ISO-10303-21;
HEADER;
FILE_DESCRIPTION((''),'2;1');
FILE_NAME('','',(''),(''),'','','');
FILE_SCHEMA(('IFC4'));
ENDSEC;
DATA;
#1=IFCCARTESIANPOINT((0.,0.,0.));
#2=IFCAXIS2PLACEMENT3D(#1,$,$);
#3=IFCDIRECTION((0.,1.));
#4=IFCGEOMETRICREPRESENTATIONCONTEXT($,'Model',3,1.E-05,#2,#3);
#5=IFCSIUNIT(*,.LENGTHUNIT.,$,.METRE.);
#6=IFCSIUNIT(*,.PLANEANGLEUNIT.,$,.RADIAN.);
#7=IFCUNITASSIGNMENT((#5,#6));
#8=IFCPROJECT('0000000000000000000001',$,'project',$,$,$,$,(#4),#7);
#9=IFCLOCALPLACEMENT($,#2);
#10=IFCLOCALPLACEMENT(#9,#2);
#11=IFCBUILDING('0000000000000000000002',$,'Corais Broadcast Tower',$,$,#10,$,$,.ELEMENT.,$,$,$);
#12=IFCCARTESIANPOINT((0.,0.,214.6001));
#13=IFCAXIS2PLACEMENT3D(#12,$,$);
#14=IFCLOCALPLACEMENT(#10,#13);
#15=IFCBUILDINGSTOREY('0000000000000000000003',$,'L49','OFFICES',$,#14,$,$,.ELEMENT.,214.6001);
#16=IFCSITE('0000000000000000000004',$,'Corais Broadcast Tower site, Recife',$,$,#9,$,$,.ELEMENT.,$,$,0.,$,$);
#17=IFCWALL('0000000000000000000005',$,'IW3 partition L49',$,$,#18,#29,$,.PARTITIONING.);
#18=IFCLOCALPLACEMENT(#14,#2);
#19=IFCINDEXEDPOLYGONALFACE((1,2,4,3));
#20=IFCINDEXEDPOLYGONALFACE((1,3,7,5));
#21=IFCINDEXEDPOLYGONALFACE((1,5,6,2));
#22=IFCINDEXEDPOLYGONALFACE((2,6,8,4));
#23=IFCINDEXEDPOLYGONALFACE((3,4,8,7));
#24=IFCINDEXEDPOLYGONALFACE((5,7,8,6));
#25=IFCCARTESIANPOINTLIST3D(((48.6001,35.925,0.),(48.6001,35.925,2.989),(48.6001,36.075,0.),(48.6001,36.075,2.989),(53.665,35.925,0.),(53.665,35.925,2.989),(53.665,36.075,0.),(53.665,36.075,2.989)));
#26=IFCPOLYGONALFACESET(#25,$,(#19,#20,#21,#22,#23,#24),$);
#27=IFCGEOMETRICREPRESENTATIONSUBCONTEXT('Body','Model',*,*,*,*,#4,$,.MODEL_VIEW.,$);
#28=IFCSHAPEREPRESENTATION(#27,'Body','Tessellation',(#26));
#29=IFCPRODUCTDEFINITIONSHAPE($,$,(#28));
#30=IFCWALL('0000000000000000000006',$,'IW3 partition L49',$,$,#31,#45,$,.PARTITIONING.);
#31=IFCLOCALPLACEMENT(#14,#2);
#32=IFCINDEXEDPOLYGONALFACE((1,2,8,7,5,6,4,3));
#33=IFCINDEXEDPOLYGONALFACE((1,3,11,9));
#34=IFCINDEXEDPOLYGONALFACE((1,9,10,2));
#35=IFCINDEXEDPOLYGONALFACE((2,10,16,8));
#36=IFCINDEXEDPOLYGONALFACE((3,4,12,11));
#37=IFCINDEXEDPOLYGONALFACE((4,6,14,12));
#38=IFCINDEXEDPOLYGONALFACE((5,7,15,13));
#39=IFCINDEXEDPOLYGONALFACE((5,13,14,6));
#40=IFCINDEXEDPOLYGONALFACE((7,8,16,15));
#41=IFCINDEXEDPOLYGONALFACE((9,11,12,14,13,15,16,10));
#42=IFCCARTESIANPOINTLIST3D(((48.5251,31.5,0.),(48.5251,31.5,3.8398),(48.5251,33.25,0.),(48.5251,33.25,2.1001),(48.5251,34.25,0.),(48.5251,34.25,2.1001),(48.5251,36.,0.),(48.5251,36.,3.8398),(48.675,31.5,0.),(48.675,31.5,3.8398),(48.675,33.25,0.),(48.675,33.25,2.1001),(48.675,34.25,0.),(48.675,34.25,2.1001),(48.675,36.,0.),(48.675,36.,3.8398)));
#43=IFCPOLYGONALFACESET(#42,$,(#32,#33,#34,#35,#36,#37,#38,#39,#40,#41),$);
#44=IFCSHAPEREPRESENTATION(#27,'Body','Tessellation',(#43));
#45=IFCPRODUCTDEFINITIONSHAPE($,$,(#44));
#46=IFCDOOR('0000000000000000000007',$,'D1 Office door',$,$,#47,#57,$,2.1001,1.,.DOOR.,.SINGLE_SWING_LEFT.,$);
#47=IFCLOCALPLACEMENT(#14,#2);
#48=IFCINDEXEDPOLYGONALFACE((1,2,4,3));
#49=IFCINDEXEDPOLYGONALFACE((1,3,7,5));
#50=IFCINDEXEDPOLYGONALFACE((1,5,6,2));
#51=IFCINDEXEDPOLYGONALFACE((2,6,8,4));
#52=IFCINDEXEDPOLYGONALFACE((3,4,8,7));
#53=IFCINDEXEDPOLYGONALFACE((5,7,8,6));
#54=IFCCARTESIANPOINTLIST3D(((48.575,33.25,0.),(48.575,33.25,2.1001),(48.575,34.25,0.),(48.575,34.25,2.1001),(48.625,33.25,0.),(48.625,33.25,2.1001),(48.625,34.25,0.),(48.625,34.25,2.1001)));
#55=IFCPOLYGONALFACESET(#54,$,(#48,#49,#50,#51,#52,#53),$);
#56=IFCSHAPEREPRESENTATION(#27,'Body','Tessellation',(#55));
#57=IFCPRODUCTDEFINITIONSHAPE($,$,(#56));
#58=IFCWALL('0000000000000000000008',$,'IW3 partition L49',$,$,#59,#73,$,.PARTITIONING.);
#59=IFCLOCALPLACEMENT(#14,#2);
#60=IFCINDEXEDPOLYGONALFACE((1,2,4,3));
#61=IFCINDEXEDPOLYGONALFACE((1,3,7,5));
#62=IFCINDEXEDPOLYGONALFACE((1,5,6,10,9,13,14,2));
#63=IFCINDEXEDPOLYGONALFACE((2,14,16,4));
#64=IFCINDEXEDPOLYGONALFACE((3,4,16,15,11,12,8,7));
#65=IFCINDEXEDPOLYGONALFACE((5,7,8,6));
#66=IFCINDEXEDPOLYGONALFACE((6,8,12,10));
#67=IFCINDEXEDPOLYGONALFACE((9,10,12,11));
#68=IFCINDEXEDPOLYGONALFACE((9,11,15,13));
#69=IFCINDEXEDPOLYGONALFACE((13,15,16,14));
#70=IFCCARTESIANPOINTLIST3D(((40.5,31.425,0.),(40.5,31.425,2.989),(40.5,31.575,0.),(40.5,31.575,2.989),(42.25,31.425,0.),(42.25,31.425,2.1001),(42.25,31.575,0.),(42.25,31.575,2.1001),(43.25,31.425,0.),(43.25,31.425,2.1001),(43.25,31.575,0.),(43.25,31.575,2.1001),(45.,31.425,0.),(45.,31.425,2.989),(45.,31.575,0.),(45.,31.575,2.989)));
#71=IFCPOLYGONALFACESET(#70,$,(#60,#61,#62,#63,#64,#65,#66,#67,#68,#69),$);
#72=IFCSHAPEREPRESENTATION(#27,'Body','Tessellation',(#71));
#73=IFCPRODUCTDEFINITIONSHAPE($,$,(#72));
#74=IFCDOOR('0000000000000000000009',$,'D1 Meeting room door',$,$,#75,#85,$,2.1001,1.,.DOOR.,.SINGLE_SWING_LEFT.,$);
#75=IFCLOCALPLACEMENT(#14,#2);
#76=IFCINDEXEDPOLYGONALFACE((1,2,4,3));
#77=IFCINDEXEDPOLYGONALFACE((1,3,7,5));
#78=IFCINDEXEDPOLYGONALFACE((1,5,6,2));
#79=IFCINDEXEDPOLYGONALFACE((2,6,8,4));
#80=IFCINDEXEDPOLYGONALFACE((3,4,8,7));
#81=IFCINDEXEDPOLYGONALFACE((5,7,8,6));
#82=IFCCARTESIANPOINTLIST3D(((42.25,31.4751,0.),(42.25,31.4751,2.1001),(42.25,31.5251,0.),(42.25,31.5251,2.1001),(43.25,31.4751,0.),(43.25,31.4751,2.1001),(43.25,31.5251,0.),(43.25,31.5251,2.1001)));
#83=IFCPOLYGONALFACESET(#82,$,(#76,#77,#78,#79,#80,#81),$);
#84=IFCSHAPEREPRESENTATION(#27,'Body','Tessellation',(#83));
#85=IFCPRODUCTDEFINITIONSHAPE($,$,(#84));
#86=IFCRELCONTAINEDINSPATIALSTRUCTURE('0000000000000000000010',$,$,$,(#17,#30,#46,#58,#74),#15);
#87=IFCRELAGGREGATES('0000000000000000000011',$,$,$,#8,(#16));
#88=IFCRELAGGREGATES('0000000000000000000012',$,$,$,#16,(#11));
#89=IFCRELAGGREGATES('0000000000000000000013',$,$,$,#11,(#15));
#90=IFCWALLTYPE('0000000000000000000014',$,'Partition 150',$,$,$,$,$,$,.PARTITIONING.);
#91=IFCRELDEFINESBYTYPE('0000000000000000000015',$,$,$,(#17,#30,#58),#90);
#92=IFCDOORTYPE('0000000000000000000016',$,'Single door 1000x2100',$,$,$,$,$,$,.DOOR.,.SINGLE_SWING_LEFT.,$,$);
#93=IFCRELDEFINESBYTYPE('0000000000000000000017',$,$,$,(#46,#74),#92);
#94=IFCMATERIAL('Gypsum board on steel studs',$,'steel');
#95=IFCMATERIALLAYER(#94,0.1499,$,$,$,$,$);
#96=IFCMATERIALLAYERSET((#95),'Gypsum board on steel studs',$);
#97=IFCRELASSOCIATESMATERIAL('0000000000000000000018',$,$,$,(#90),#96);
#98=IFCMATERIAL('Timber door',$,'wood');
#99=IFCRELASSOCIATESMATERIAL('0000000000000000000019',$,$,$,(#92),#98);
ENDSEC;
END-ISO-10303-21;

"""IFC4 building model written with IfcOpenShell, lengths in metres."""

from ifc_helpers import new_model, si_unit, direction, frame, frame_2d, origin, place, context, subcontext, project, spatial, rectangle, extrude, material, layer, layer_set, type_object, element, fill, save


model = new_model("IFC4")

# Units and contexts
model_context = context("Model", 3, precision=1e-05, world=origin(), true_north=direction((0.0, 1.0)))
body_context = subcontext(model_context, "Body", "Model", "MODEL_VIEW")
ifc_project = project(units=[si_unit("LENGTHUNIT", "METRE"), si_unit("PLANEANGLEUNIT", "RADIAN")], contexts=[model_context])

# Site, building, storey
site_placement = place(None, origin())
site = spatial("IfcSite", under=ifc_project, at=site_placement, Name="Corais Broadcast Tower site, Recife", CompositionType="ELEMENT", RefElevation=0.0)
building_placement = place(site_placement, origin())
building = spatial("IfcBuilding", under=site, at=building_placement, Name="Corais Broadcast Tower", CompositionType="ELEMENT")
storey_placement = place(building_placement, frame((0.0, 0.0, 214.6001)))
storey = spatial("IfcBuildingStorey", under=building, at=storey_placement, Name="L49", Description="OFFICES", CompositionType="ELEMENT", Elevation=214.6001)

# Shared definitions
ifc_material_1 = material(Name="Gypsum board on steel studs", Category="steel")
ifc_layer_1 = layer(ifc_material_1, 0.1499)
ifc_layer_set_1 = layer_set([ifc_layer_1], Name="Gypsum board on steel studs")
wall_type = type_object("IfcWallType", Name="Partition 150", PredefinedType="PARTITIONING", material=ifc_layer_set_1)

# Shared definitions
ifc_material_2 = material(Name="Timber door", Category="wood")
door_type = type_object("IfcDoorType", Name="Single door 1000x2100", OperationType="SINGLE_SWING_LEFT", PredefinedType="DOOR", material=ifc_material_2)

# Wall
wall_1_placement = place(storey_placement, frame((53.665, 36.0, 0.0), z_axis=(0.0, 0.0, 1.0), x_axis=(-1.0, 0.0, 0.0)))
element("IfcWall", 1, at=wall_1_placement, inside=storey, type_object=wall_type, Name="IW3 partition L49", PredefinedType="PARTITIONING", context=body_context, shape_type="SweptSolid", body=[
    extrude(rectangle(XDim=5.0649, YDim=0.1499, at=frame_2d((2.5325, 0.0))), origin(), (0.0, 0.0, 1.0), 2.989),
])

# Walls, openings, doors
wall_2_placement = place(storey_placement, frame((48.6001, 36.0, 0.0), z_axis=(0.0, 0.0, 1.0), x_axis=(0.0, -1.0, 0.0)))
wall_2 = element("IfcWall", 2, at=wall_2_placement, inside=storey, type_object=wall_type, Name="IW3 partition L49", PredefinedType="PARTITIONING", context=body_context, shape_type="SweptSolid", body=[
    extrude(rectangle(XDim=4.5, YDim=0.1499, at=frame_2d((2.25, 0.0))), origin(), (0.0, 0.0, 1.0), 3.8398),
])
opening_1_placement = place(wall_2_placement, frame((1.75, 0.0, 0.0)))
opening_1 = element("IfcOpeningElement", 3, at=opening_1_placement, cuts=wall_2, PredefinedType="OPENING", context=body_context, shape_type="SweptSolid", body=[
    extrude(rectangle(XDim=1.0, YDim=2.1001, at=frame_2d((0.5, 1.05))), frame((0.0, 0.085, 0.0), z_axis=(0.0, -1.0, 0.0), x_axis=(1.0, 0.0, 0.0)), (0.0, 0.0, 1.0), 0.1699),
])
door_1_placement = place(opening_1_placement, origin())
door_1 = element("IfcDoor", 4, at=door_1_placement, inside=storey, type_object=door_type, Name="D1 Office door", OperationType="SINGLE_SWING_LEFT", OverallHeight=2.1001, OverallWidth=1.0, PredefinedType="DOOR", context=body_context, shape_type="SweptSolid", body=[
    extrude(rectangle(XDim=1.0, YDim=2.1001, at=frame_2d((0.5, 1.05))), frame((0.0, 0.0249, 0.0), z_axis=(0.0, -1.0, 0.0), x_axis=(1.0, 0.0, 0.0)), (0.0, 0.0, 1.0), 0.05),
])
fill(opening_1, door_1)
wall_3_placement = place(storey_placement, frame((45.0, 31.5, 0.0), z_axis=(0.0, 0.0, 1.0), x_axis=(-1.0, 0.0, 0.0)))
wall_3 = element("IfcWall", 5, at=wall_3_placement, inside=storey, type_object=wall_type, Name="IW3 partition L49", PredefinedType="PARTITIONING", context=body_context, shape_type="SweptSolid", body=[
    extrude(rectangle(XDim=4.5, YDim=0.1499, at=frame_2d((2.25, 0.0))), origin(), (0.0, 0.0, 1.0), 2.989),
])
opening_2_placement = place(wall_3_placement, frame((1.75, 0.0, 0.0)))
opening_2 = element("IfcOpeningElement", 6, at=opening_2_placement, cuts=wall_3, PredefinedType="OPENING", context=body_context, shape_type="SweptSolid", body=[
    extrude(rectangle(XDim=1.0, YDim=2.1001, at=frame_2d((0.5, 1.05))), frame((0.0, 0.085, 0.0), z_axis=(0.0, -1.0, 0.0), x_axis=(1.0, 0.0, 0.0)), (0.0, 0.0, 1.0), 0.1699),
])
door_2_placement = place(opening_2_placement, origin())
door_2 = element("IfcDoor", 7, at=door_2_placement, inside=storey, type_object=door_type, Name="D1 Meeting room door", OperationType="SINGLE_SWING_LEFT", OverallHeight=2.1001, OverallWidth=1.0, PredefinedType="DOOR", context=body_context, shape_type="SweptSolid", body=[
    extrude(rectangle(XDim=1.0, YDim=2.1001, at=frame_2d((0.5, 1.05))), frame((0.0, 0.0249, 0.0), z_axis=(0.0, -1.0, 0.0), x_axis=(1.0, 0.0, 0.0)), (0.0, 0.0, 1.0), 0.05),
])
fill(opening_2, door_2)

save(model, "model.ifc")
